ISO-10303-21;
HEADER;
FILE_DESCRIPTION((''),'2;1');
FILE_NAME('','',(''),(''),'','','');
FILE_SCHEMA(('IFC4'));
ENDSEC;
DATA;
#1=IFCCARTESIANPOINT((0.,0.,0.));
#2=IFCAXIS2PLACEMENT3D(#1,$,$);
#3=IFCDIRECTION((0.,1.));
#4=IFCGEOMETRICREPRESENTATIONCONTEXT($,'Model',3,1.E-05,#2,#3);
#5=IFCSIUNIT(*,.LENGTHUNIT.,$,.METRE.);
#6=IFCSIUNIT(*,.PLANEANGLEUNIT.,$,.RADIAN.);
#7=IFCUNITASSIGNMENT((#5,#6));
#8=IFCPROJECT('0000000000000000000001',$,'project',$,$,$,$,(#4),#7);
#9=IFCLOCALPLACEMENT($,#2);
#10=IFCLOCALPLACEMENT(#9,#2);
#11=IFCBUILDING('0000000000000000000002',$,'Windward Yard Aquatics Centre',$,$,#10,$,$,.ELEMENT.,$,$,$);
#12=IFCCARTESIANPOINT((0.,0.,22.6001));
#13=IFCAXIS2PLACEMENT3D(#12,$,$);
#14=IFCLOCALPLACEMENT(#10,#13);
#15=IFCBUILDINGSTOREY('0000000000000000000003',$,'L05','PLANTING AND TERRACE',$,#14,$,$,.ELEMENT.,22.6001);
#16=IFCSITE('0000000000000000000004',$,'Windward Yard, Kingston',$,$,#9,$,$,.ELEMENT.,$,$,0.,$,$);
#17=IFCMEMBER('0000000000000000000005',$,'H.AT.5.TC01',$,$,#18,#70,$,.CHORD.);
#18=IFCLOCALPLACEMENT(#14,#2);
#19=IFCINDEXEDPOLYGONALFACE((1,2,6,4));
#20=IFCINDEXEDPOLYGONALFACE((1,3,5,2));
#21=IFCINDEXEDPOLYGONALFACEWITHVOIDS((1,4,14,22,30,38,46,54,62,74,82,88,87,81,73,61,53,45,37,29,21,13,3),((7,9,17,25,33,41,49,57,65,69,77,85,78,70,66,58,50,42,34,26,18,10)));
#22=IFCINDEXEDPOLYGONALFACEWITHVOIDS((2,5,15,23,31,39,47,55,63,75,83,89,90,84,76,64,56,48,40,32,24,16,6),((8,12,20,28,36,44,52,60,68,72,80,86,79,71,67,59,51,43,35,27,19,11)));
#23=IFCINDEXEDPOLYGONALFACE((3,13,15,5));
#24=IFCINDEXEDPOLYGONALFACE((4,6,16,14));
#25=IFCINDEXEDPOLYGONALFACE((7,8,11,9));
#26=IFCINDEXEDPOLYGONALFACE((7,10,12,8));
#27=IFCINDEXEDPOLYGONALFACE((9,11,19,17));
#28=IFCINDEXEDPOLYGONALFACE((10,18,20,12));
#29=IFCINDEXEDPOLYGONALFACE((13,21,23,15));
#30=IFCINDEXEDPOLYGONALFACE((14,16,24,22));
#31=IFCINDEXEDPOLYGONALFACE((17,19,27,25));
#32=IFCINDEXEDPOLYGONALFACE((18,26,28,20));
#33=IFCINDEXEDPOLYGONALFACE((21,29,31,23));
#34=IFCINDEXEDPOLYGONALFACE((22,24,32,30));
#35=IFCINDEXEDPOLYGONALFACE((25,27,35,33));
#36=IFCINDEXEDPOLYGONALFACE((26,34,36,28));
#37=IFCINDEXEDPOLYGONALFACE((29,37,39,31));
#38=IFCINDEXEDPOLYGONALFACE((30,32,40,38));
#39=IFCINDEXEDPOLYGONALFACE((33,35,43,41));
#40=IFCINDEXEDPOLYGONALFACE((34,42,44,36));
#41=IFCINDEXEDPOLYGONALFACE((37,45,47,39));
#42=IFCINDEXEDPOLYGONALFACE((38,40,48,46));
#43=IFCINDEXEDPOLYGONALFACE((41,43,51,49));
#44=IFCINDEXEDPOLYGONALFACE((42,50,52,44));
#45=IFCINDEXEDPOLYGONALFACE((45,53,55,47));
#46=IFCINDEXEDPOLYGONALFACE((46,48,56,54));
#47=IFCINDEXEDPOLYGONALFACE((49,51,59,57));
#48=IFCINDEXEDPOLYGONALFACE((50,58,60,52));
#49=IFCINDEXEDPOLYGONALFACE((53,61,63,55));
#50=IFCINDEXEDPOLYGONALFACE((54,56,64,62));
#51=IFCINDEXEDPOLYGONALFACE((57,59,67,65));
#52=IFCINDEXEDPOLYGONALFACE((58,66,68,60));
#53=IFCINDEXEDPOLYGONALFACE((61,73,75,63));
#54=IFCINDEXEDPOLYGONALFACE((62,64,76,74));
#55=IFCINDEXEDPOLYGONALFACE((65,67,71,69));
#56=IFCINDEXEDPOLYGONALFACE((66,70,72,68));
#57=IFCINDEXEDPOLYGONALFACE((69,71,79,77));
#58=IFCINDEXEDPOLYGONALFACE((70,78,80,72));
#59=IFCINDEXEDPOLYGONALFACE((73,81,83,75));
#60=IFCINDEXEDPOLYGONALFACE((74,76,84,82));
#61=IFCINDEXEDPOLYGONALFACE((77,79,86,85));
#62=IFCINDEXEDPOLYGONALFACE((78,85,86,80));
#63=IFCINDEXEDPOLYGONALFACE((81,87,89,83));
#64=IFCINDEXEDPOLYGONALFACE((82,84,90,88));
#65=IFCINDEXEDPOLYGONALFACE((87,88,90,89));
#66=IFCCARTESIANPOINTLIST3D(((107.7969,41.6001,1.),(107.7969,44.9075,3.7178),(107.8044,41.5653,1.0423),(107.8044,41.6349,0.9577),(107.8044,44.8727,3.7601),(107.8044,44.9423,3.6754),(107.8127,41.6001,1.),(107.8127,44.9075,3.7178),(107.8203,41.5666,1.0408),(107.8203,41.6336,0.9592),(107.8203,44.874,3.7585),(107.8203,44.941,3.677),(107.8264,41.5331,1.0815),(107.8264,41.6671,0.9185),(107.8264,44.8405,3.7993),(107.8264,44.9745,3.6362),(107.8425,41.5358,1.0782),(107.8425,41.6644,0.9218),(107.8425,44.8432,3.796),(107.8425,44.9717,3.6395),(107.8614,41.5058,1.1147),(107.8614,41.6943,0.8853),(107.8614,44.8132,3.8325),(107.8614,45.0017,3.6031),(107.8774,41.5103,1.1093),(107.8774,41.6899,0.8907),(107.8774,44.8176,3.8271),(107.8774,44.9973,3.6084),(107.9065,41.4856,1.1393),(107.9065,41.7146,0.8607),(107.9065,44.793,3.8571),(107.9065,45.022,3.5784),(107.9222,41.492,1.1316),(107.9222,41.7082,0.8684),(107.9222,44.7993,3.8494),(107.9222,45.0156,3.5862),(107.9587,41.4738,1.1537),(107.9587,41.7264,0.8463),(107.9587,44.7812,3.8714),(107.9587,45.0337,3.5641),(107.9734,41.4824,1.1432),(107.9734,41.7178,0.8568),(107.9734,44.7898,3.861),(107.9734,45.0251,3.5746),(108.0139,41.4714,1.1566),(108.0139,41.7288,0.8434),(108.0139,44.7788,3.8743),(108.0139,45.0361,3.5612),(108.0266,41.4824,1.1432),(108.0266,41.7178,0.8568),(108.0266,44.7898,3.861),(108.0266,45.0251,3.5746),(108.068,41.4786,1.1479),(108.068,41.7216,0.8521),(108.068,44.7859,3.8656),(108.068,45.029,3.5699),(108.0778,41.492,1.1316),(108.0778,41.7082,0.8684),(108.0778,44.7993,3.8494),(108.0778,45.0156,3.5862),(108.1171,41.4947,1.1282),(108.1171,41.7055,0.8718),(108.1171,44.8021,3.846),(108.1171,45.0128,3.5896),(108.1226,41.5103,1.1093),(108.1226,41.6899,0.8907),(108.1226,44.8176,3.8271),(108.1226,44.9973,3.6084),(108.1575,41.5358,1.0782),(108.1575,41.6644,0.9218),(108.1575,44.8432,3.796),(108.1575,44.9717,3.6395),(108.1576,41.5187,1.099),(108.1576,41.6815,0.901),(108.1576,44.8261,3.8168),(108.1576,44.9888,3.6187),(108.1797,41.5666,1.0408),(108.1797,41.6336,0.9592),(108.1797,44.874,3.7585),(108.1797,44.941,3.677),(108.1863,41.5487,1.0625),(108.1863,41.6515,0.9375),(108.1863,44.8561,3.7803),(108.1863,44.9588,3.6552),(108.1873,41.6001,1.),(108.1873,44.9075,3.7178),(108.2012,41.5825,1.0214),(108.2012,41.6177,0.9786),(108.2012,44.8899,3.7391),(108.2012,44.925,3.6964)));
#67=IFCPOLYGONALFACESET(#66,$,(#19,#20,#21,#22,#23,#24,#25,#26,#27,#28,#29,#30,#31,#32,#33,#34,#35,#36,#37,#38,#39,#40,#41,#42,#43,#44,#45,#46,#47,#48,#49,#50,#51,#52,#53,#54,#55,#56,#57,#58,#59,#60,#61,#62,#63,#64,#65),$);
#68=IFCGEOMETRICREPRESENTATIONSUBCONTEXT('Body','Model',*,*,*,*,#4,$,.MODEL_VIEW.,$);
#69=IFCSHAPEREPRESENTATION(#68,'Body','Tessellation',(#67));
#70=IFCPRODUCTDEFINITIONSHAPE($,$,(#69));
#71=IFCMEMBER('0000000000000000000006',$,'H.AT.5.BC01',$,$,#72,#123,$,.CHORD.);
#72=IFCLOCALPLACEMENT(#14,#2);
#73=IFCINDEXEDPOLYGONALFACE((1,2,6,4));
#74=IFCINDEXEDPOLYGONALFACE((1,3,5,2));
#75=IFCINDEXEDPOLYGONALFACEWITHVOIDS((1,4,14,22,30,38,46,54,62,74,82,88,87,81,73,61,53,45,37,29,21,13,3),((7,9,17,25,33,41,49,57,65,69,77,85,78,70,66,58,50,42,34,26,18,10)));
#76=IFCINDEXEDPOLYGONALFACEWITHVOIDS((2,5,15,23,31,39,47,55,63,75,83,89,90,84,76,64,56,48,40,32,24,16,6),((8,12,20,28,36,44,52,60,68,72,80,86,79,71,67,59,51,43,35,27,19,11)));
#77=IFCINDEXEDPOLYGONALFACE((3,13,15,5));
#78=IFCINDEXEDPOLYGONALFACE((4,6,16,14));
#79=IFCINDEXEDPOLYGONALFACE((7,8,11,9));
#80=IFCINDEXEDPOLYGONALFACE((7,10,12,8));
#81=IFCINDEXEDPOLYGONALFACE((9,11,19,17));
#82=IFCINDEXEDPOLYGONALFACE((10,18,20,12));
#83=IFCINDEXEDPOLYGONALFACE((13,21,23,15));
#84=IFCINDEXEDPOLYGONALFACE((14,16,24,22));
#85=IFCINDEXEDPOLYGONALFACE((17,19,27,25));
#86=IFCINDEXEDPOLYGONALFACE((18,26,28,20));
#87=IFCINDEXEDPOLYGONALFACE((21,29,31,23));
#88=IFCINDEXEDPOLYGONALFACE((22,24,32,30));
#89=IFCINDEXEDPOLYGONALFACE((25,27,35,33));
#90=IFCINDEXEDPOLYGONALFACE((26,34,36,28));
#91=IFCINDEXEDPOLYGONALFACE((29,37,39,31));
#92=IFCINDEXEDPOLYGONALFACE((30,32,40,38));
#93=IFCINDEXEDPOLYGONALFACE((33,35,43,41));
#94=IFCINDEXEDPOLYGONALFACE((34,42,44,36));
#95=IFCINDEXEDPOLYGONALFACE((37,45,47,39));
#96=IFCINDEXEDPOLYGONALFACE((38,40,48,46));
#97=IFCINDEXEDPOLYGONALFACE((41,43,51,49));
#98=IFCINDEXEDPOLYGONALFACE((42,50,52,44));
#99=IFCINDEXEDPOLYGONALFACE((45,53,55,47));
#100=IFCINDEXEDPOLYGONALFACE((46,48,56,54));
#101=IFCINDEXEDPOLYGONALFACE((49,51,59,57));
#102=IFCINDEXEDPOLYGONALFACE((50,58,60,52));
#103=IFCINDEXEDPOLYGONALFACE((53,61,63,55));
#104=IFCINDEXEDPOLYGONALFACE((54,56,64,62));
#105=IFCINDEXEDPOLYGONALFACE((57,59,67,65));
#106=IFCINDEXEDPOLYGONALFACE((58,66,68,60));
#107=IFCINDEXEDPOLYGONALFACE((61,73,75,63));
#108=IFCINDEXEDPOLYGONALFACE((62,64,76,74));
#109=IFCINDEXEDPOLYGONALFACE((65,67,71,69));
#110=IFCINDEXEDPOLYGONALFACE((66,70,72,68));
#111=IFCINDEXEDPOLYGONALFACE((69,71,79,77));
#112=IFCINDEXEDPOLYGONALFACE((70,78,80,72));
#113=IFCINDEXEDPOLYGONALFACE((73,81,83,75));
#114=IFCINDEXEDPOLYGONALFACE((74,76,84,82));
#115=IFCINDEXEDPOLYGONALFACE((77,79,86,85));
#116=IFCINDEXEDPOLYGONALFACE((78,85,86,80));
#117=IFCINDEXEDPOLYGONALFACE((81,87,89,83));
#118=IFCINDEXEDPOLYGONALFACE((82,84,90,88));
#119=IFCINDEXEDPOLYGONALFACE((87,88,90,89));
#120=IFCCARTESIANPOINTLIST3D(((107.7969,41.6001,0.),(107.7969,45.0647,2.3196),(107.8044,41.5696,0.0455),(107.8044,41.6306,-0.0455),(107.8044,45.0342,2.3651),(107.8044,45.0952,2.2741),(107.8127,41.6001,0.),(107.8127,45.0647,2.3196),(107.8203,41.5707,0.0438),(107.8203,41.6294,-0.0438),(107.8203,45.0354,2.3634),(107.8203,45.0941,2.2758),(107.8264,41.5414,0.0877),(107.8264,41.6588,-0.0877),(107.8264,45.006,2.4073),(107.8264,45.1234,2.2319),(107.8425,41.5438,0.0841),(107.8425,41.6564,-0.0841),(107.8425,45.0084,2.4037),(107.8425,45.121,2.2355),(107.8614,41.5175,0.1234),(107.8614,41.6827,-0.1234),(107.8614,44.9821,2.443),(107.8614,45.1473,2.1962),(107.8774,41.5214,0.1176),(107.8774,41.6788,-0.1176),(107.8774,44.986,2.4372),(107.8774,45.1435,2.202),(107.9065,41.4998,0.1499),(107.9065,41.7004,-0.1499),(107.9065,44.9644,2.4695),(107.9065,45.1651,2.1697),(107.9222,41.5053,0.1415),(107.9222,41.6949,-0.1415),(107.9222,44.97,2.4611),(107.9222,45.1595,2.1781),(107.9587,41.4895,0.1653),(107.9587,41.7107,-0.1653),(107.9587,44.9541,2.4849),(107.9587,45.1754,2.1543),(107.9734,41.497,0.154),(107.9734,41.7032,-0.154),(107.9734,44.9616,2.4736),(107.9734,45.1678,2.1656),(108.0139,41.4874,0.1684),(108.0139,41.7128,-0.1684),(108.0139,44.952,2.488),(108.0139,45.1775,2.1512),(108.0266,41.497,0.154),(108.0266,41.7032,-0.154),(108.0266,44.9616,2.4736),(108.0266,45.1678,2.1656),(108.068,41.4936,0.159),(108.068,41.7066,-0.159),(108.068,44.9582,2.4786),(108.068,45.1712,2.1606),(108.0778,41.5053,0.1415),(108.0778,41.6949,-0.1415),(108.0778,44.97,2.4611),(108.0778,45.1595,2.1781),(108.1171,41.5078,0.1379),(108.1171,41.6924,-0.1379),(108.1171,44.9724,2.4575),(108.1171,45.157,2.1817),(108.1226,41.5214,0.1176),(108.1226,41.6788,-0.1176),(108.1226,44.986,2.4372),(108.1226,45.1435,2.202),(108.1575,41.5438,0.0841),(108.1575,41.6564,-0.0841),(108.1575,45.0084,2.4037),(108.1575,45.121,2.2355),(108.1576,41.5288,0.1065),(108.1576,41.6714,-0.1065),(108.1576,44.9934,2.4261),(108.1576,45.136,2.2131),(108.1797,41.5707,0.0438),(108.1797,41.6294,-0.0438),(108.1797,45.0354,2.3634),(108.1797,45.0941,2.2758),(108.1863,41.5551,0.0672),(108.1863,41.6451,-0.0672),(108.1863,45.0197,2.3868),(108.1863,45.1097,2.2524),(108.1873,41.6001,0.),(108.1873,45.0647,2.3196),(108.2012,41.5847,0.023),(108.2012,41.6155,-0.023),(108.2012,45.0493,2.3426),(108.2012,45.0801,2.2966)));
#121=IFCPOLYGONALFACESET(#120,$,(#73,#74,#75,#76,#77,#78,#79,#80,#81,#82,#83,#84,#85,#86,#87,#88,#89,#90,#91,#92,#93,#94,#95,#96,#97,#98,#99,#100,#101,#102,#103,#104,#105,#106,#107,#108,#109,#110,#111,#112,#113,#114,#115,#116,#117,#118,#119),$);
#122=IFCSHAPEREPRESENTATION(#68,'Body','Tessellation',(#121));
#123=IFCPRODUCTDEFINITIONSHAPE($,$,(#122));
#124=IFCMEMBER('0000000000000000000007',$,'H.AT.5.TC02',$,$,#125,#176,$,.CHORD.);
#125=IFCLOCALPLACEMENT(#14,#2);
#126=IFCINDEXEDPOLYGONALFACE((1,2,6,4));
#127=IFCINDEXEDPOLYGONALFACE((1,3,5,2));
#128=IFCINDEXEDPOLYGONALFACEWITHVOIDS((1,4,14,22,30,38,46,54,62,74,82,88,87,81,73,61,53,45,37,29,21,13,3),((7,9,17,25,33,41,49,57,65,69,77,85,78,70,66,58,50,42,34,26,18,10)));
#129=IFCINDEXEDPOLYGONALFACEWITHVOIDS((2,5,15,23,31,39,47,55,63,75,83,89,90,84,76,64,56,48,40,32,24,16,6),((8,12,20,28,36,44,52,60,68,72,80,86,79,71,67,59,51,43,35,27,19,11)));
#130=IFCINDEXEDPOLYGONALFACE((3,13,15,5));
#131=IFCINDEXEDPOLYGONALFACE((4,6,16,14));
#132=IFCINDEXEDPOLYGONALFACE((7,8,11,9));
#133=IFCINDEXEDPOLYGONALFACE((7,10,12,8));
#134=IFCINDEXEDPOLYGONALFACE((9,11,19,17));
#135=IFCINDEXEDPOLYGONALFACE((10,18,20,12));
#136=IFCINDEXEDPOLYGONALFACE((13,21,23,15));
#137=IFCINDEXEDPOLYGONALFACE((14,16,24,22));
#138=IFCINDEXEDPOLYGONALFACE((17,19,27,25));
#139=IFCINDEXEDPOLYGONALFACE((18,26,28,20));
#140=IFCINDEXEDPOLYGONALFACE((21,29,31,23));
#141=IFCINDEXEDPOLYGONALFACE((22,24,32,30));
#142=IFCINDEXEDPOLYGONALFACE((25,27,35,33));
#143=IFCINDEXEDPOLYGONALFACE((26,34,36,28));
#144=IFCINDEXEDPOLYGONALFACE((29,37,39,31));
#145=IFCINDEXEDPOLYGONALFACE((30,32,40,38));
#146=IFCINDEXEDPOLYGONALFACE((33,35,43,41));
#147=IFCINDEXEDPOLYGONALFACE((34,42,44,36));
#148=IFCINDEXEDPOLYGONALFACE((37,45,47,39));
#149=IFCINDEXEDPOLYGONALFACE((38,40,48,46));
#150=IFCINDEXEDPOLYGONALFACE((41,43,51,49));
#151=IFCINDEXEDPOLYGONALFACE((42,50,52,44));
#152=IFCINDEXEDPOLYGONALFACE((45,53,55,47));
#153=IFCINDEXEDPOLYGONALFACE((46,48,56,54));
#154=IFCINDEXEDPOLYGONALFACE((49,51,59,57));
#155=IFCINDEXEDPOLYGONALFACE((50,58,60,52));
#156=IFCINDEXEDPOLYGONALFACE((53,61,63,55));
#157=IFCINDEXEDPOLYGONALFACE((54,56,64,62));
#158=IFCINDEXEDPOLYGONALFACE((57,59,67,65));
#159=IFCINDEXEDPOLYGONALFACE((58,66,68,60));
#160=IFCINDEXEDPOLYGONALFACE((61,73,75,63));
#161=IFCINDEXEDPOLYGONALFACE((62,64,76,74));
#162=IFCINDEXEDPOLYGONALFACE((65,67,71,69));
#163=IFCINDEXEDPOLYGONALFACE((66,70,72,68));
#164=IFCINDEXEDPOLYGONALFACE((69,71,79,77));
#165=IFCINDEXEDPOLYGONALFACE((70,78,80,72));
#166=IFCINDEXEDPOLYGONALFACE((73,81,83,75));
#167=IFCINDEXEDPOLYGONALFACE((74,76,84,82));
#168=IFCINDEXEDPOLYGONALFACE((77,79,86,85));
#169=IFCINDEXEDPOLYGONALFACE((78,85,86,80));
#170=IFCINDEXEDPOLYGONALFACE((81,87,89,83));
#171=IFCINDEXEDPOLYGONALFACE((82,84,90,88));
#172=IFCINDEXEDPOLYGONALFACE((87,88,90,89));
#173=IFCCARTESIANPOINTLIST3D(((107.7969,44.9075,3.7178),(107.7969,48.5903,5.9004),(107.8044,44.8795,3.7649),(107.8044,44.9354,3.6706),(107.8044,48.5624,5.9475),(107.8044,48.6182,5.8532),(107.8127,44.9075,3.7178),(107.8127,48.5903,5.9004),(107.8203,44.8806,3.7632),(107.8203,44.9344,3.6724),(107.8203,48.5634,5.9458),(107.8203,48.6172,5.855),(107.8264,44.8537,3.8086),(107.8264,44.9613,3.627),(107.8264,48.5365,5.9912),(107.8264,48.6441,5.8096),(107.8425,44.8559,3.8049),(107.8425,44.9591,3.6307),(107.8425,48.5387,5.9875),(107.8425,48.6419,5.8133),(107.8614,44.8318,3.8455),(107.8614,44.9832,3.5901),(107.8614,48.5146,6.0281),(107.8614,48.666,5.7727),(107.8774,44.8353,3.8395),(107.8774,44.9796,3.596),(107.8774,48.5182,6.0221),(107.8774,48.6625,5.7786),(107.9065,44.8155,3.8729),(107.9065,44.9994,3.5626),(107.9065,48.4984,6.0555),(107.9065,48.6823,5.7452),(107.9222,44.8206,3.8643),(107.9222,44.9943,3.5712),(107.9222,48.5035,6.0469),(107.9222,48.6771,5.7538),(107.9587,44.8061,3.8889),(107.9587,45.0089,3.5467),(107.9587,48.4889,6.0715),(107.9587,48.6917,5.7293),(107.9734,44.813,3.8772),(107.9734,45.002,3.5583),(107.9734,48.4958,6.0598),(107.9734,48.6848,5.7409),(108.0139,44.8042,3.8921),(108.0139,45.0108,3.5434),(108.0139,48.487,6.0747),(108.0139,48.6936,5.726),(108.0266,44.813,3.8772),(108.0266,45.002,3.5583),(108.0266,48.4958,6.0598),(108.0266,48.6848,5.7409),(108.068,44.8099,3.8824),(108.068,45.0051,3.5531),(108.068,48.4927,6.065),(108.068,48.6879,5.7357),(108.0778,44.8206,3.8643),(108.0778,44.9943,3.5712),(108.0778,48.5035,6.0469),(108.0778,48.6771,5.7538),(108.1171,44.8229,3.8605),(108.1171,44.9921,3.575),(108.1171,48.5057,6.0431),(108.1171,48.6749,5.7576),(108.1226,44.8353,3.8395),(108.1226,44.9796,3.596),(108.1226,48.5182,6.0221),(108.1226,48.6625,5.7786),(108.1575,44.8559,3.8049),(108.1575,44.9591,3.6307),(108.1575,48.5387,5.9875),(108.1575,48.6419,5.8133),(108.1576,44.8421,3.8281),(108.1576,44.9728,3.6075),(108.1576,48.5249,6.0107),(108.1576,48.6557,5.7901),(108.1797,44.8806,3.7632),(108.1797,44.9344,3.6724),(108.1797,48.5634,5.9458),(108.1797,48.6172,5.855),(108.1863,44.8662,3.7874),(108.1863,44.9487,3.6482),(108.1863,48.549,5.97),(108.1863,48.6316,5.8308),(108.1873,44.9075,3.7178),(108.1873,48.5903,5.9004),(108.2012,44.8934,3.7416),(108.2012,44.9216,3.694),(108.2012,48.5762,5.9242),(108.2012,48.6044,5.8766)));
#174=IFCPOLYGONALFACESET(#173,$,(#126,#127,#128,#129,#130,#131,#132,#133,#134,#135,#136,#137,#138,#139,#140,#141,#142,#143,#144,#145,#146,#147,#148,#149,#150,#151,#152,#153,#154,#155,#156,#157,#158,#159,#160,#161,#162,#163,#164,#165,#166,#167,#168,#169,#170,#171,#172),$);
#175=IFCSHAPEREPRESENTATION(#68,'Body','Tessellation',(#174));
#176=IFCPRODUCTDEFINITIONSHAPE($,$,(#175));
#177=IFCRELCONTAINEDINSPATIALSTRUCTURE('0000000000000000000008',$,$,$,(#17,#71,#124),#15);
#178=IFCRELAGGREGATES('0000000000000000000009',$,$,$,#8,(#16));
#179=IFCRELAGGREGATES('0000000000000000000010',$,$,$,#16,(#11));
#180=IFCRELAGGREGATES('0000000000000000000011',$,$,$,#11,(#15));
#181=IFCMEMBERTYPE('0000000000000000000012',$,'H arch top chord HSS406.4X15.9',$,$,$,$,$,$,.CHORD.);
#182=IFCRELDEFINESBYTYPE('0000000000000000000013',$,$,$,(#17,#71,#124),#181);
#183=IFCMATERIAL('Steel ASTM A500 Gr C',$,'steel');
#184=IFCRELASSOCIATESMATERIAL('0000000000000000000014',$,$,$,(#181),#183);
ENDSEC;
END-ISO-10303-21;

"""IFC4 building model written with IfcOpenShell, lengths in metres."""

from ifc_helpers import new_model, si_unit, direction, frame, origin, origin_2d, place, context, subcontext, project, spatial, hollow_circle, extrude, material, material_profile, profile_set, type_object, element, save


model = new_model("IFC4")

# Units and contexts
model_context = context("Model", 3, precision=1e-05, world=origin(), true_north=direction((0.0, 1.0)))
body_context = subcontext(model_context, "Body", "Model", "MODEL_VIEW")
ifc_project = project(units=[si_unit("LENGTHUNIT", "METRE"), si_unit("PLANEANGLEUNIT", "RADIAN")], contexts=[model_context])

# Site, building, storey
site_placement = place(None, origin())
site = spatial("IfcSite", under=ifc_project, at=site_placement, Name="Windward Yard, Kingston", CompositionType="ELEMENT", RefElevation=0.0)
building_placement = place(site_placement, origin())
building = spatial("IfcBuilding", under=site, at=building_placement, Name="Windward Yard Aquatics Centre", CompositionType="ELEMENT")
storey_placement = place(building_placement, frame((0.0, 0.0, 22.6001)))
storey = spatial("IfcBuildingStorey", under=building, at=storey_placement, Name="L05", Description="PLANTING AND TERRACE", CompositionType="ELEMENT", Elevation=22.6001)

# Members
ifc_material_1 = material(Name="Steel ASTM A500 Gr C", Category="steel")
ifc_material_profile_1 = material_profile(ifc_material_1, hollow_circle(Radius=0.2031, WallThickness=0.0159, at=origin_2d()), Name="HSS406.4X15.9")
ifc_profile_set_1 = profile_set([ifc_material_profile_1], Name="Steel ASTM A500 Gr C")
member_type_1 = type_object("IfcMemberType", Name="H arch top chord HSS406.4X15.9", PredefinedType="CHORD", material=ifc_profile_set_1)
member_1_placement = place(storey_placement, frame((108.0, 41.6001, 1.0), z_axis=(0.0, 0.772611, 0.634879), x_axis=(-1.0, 0.0, 0.0)))
element("IfcMember", 1, at=member_1_placement, inside=storey, type_object=member_type_1, Name="H.AT.5.TC01", PredefinedType="CHORD", context=body_context, shape_type="SweptSolid", body=[
    extrude(hollow_circle(Radius=0.2031, WallThickness=0.0159, at=origin_2d()), origin(), (0.0, 0.0, 1.0), 4.2808),
])
member_2_placement = place(storey_placement, frame((108.0, 41.6001, 0.0), z_axis=(0.0, 0.830959, 0.556334), x_axis=(-1.0, 0.0, 0.0)))
element("IfcMember", 2, at=member_2_placement, inside=storey, type_object=member_type_1, Name="H.AT.5.BC01", PredefinedType="CHORD", context=body_context, shape_type="SweptSolid", body=[
    extrude(hollow_circle(Radius=0.2031, WallThickness=0.0159, at=origin_2d()), origin(), (0.0, 0.0, 1.0), 4.1694),
])
member_3_placement = place(storey_placement, frame((108.0, 44.9075, 3.7178), z_axis=(0.0, 0.860273, 0.509834), x_axis=(-1.0, 0.0, 0.0)))
element("IfcMember", 3, at=member_3_placement, inside=storey, type_object=member_type_1, Name="H.AT.5.TC02", PredefinedType="CHORD", context=body_context, shape_type="SweptSolid", body=[
    extrude(hollow_circle(Radius=0.2031, WallThickness=0.0159, at=origin_2d()), origin(), (0.0, 0.0, 1.0), 4.281),
])

save(model, "model.ifc")
